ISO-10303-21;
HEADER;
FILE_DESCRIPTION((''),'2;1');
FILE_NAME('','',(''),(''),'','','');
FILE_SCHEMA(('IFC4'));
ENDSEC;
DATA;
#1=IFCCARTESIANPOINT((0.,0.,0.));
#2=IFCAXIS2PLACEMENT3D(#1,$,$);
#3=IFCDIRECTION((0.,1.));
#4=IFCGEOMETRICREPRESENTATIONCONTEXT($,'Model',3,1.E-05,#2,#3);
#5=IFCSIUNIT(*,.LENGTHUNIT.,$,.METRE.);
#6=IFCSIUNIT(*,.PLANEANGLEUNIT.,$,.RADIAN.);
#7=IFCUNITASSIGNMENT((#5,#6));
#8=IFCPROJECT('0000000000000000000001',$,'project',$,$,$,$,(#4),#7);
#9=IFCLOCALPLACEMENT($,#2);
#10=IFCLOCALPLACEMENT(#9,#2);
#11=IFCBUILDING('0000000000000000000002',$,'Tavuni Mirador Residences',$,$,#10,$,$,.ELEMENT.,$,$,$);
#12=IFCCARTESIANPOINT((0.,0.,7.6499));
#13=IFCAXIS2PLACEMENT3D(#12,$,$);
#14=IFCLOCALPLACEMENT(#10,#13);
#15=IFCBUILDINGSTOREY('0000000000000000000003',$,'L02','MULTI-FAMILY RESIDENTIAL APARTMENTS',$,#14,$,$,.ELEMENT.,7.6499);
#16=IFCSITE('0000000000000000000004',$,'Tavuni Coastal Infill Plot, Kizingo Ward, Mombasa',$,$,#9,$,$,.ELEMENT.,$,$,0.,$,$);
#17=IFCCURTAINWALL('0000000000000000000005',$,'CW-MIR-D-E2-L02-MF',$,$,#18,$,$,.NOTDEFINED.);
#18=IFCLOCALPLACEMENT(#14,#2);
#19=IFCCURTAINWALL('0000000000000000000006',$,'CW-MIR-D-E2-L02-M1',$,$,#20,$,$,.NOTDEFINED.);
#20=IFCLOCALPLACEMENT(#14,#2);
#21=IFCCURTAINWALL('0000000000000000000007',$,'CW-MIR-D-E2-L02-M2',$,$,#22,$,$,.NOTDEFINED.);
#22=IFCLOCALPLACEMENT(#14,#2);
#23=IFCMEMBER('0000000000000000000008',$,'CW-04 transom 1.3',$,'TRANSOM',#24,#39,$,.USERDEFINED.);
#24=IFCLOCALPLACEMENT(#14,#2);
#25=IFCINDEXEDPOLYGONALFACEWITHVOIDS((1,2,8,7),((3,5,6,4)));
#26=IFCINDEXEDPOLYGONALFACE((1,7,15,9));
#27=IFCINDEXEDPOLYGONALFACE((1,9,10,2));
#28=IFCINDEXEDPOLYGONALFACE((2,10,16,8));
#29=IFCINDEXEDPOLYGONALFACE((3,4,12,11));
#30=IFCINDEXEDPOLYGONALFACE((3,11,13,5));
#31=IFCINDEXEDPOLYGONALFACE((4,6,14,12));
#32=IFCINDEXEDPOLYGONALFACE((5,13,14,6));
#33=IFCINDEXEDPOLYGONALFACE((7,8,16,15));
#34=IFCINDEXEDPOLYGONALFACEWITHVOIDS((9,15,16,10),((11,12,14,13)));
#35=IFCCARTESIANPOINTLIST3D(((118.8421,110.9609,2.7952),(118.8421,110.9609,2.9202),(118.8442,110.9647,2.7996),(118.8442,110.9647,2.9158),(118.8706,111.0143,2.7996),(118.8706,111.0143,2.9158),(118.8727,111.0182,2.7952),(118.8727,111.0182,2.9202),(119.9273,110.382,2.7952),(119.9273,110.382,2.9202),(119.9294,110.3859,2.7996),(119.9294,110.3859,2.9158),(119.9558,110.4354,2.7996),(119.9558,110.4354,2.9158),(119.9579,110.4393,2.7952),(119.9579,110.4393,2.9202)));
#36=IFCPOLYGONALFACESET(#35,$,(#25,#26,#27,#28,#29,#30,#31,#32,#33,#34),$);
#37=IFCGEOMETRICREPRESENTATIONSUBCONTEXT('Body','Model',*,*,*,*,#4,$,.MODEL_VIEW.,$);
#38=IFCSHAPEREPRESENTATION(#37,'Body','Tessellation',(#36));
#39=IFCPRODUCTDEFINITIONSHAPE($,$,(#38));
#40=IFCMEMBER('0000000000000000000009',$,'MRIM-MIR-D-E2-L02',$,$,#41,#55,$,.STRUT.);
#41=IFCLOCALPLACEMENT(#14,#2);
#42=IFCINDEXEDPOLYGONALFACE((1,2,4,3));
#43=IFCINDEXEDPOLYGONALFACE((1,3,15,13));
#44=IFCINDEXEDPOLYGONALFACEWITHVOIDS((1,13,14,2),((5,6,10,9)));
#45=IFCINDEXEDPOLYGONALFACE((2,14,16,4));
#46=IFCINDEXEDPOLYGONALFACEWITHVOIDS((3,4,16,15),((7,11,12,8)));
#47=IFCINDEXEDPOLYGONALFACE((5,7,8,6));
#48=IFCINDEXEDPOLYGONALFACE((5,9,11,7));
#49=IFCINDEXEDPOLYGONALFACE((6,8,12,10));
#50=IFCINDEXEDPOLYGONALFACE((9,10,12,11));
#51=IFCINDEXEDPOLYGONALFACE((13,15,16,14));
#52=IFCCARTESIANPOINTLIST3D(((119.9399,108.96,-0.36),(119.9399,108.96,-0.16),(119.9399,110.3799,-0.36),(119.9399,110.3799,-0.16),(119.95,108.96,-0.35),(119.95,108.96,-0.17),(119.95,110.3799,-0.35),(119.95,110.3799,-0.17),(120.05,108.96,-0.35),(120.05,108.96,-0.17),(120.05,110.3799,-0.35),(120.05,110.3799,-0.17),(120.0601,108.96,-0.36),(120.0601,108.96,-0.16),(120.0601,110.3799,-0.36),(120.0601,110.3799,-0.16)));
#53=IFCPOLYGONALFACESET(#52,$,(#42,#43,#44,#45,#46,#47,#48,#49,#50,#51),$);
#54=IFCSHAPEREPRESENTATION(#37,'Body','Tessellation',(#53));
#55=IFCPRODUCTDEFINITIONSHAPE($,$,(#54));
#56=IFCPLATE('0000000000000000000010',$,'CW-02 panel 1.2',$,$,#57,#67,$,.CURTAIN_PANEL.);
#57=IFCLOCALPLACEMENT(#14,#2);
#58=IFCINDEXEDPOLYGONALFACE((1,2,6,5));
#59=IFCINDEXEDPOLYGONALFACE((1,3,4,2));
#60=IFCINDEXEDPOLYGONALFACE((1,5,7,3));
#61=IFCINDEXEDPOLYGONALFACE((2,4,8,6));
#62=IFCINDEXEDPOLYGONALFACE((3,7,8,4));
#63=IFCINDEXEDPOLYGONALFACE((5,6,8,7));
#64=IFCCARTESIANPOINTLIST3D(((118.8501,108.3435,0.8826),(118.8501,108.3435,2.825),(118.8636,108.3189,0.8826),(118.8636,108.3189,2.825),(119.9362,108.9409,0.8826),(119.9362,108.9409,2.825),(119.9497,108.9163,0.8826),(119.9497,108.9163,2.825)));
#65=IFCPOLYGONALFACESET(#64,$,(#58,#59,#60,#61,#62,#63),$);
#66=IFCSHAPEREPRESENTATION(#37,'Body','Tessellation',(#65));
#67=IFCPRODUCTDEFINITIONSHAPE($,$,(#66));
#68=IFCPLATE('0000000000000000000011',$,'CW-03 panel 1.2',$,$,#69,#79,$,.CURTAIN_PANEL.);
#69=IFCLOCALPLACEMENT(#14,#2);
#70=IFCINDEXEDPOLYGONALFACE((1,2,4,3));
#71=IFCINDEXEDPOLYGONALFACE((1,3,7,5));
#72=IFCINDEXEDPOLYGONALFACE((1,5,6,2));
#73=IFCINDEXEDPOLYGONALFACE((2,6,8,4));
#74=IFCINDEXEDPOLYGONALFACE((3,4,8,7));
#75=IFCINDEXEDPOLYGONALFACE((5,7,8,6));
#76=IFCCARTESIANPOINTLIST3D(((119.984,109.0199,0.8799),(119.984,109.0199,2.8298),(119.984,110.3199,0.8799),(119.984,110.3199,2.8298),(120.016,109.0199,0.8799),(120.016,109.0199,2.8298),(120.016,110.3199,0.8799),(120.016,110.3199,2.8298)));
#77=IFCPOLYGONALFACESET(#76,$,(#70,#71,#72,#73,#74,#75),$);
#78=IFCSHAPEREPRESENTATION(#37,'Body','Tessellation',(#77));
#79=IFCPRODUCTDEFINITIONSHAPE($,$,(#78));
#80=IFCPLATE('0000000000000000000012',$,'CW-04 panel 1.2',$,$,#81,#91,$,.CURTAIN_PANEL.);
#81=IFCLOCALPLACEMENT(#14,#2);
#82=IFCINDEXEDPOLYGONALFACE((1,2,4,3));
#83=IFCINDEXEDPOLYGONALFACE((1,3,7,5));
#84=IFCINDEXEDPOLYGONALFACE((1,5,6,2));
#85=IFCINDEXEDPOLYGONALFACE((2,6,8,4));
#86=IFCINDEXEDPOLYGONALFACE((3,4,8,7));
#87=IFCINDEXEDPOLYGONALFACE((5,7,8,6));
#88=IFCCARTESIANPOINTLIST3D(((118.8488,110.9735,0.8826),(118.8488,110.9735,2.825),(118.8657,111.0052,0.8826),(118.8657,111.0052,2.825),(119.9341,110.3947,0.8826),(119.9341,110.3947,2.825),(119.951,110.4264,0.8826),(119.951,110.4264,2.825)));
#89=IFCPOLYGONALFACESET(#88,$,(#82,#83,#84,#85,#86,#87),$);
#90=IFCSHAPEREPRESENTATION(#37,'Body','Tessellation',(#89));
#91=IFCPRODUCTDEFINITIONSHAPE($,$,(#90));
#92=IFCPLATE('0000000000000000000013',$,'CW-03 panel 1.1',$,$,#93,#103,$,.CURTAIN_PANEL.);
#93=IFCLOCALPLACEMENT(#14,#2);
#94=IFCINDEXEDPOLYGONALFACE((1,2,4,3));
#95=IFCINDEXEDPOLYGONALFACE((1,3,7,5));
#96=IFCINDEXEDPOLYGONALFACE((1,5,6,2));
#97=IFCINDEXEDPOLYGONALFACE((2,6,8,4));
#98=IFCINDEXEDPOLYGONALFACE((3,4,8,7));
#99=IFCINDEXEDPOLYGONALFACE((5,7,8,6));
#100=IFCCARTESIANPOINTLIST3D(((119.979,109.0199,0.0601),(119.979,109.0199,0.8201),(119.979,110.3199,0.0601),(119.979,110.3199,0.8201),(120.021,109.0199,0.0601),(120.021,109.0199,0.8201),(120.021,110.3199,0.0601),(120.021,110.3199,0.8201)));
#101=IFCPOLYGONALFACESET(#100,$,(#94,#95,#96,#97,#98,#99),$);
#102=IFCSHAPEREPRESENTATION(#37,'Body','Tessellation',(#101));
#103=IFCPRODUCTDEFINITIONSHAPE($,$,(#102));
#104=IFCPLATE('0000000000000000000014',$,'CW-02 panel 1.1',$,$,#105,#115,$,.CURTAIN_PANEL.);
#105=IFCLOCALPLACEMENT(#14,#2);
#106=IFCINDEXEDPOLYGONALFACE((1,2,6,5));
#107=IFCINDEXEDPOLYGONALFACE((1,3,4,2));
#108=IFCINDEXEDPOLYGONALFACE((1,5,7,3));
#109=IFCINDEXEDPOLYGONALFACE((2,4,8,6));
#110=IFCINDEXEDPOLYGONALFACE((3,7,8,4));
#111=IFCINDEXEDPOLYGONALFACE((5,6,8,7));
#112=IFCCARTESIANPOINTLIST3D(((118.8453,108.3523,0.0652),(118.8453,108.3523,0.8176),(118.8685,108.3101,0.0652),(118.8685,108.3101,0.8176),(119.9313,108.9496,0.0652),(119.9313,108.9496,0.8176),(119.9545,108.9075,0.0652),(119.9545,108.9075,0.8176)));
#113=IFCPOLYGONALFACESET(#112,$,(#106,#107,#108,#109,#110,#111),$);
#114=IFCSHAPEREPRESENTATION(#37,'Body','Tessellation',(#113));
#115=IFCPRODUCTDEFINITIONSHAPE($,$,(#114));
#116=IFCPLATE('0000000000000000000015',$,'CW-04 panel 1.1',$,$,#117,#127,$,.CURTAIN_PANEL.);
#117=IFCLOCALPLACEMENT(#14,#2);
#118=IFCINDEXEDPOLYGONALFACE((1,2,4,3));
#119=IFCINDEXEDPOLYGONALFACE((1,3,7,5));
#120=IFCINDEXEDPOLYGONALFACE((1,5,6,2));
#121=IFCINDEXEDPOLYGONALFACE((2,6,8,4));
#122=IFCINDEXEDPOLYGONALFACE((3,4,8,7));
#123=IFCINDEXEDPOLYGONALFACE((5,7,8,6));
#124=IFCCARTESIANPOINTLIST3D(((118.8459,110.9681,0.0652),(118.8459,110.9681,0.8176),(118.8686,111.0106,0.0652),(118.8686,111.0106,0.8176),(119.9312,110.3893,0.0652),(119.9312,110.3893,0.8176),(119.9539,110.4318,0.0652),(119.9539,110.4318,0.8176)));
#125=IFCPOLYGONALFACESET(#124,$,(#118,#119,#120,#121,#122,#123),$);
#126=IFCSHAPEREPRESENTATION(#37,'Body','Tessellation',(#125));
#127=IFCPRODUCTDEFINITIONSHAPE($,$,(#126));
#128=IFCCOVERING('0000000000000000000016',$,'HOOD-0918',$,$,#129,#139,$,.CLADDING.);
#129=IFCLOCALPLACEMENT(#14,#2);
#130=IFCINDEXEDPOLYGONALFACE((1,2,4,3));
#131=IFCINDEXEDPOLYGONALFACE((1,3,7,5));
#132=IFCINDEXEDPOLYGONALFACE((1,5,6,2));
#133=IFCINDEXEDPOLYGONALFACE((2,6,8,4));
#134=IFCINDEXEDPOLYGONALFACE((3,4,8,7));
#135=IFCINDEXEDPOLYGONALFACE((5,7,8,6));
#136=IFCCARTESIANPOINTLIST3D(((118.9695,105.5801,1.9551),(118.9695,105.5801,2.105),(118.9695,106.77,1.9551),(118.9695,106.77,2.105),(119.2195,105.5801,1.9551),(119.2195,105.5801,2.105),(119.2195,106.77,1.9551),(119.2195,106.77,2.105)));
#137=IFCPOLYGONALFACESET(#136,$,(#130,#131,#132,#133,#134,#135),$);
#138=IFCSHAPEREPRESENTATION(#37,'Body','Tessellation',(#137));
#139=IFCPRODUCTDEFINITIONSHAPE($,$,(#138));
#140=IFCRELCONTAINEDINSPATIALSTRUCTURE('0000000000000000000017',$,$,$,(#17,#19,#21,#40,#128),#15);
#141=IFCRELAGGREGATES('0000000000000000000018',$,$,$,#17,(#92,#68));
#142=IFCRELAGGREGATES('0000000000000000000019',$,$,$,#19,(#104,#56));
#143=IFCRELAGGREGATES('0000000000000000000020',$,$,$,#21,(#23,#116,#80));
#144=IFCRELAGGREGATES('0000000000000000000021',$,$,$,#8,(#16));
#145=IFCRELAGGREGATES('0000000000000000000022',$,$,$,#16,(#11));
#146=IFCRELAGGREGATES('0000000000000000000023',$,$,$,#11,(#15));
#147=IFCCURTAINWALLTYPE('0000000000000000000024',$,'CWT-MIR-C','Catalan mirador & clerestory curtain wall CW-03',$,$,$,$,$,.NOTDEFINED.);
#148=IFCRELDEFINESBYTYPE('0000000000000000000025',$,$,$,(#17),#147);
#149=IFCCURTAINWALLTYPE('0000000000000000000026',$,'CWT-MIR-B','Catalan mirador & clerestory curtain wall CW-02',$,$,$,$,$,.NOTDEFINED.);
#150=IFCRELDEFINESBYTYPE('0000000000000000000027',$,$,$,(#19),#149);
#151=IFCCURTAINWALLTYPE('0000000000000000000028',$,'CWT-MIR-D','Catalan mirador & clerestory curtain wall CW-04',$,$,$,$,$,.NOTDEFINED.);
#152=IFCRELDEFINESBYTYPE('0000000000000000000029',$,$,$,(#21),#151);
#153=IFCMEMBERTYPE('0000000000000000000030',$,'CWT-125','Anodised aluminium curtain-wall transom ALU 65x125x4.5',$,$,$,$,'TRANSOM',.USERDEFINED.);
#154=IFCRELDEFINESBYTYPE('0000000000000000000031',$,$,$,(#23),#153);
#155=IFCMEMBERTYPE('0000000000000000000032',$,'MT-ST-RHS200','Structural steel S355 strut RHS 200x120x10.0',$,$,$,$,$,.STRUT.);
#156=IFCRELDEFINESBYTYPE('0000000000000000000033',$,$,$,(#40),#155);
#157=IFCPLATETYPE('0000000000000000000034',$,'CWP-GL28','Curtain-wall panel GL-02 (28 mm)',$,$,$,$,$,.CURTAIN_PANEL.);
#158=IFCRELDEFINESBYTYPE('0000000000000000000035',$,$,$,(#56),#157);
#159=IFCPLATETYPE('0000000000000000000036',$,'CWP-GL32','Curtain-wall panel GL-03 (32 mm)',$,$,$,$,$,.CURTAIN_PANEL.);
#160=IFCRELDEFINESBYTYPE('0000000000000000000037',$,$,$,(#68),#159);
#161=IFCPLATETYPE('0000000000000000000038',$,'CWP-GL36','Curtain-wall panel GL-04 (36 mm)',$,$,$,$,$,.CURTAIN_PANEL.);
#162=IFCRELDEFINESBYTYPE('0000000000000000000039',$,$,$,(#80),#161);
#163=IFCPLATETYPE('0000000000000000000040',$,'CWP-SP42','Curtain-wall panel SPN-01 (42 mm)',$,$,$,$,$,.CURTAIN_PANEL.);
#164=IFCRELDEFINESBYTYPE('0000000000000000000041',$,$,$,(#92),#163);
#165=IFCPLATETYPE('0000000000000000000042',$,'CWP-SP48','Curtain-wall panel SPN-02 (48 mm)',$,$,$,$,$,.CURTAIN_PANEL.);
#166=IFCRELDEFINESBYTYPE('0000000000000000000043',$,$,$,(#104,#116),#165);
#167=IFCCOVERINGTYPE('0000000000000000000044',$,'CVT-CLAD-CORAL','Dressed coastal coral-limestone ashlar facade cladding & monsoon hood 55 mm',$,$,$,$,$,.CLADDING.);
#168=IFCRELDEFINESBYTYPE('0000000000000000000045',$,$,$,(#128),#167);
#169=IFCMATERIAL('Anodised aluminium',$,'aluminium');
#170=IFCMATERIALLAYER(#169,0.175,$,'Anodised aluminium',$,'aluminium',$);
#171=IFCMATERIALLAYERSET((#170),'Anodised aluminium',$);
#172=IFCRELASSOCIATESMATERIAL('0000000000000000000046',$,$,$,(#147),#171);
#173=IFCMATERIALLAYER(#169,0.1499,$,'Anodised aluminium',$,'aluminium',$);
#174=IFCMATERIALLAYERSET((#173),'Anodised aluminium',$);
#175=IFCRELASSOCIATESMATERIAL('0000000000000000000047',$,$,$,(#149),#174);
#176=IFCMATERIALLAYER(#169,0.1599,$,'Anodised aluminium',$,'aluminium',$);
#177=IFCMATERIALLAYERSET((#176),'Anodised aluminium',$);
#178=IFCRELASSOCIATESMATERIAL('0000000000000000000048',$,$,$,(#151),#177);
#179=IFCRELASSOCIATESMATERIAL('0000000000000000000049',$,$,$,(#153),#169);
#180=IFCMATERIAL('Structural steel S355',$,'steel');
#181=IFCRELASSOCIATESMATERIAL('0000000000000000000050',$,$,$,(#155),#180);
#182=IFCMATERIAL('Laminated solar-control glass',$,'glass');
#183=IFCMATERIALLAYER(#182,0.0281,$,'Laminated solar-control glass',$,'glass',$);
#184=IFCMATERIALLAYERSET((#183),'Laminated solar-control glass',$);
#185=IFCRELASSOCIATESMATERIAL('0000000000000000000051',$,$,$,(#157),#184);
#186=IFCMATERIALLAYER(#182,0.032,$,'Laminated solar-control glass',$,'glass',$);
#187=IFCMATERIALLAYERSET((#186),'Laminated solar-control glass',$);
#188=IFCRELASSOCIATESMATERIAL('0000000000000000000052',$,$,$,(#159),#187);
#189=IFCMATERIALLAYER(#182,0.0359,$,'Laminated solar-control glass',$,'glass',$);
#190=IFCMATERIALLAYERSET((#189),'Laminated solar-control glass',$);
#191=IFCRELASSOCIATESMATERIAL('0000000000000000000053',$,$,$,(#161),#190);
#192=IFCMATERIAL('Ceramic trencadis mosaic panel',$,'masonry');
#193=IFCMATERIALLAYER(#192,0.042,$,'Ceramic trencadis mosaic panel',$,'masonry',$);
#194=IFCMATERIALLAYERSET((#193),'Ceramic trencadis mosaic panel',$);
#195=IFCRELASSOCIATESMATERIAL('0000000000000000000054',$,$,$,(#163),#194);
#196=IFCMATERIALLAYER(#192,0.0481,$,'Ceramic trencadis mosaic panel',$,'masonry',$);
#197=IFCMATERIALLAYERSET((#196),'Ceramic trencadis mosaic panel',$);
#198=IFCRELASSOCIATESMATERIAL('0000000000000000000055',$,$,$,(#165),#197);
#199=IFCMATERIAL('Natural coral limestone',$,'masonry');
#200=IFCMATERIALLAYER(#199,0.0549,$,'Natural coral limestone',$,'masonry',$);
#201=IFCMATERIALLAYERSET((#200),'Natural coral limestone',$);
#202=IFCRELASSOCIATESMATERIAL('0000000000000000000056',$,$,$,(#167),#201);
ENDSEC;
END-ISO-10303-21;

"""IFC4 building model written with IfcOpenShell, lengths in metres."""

from ifc_helpers import new_model, si_unit, direction, frame, origin, origin_2d, place, context, subcontext, project, spatial, rectangle, hollow_rectangle, extrude, material, layer, layer_set, material_profile, profile_set, type_object, element, aggregate, save


model = new_model("IFC4")

# Units and contexts
model_context = context("Model", 3, precision=1e-05, world=origin(), true_north=direction((0.0, 1.0)))
body_context = subcontext(model_context, "Body", "Model", "MODEL_VIEW")
ifc_project = project(units=[si_unit("LENGTHUNIT", "METRE"), si_unit("PLANEANGLEUNIT", "RADIAN")], contexts=[model_context])

# Site, building, storey
site_placement = place(None, origin())
site = spatial("IfcSite", under=ifc_project, at=site_placement, Name="Tavuni Coastal Infill Plot, Kizingo Ward, Mombasa", CompositionType="ELEMENT", RefElevation=0.0)
building_placement = place(site_placement, origin())
building = spatial("IfcBuilding", under=site, at=building_placement, Name="Tavuni Mirador Residences", CompositionType="ELEMENT")
storey_placement = place(building_placement, frame((0.0, 0.0, 7.6499)))
storey = spatial("IfcBuildingStorey", under=building, at=storey_placement, Name="L02", Description="MULTI-FAMILY RESIDENTIAL APARTMENTS", CompositionType="ELEMENT", Elevation=7.6499)

# Curtain wall
ifc_material_1 = material(Name="Anodised aluminium", Category="aluminium")
ifc_layer_1 = layer(ifc_material_1, 0.175, Name="Anodised aluminium", Category="aluminium")
ifc_layer_set_1 = layer_set([ifc_layer_1], Name="Anodised aluminium")
curtain_wall_type_1 = type_object("IfcCurtainWallType", Name="CWT-MIR-C", Description="Catalan mirador & clerestory curtain wall CW-03", PredefinedType="NOTDEFINED", material=ifc_layer_set_1)
curtain_wall_1_placement = place(storey_placement, origin())
curtain_wall_1 = element("IfcCurtainWall", 1, at=curtain_wall_1_placement, inside=storey, type_object=curtain_wall_type_1, Name="CW-MIR-D-E2-L02-MF", PredefinedType="NOTDEFINED")

# Curtain walls
ifc_layer_2 = layer(ifc_material_1, 0.1499, Name="Anodised aluminium", Category="aluminium")
ifc_layer_set_2 = layer_set([ifc_layer_2], Name="Anodised aluminium")
curtain_wall_type_2 = type_object("IfcCurtainWallType", Name="CWT-MIR-B", Description="Catalan mirador & clerestory curtain wall CW-02", PredefinedType="NOTDEFINED", material=ifc_layer_set_2)
curtain_wall_2_placement = place(storey_placement, origin())
curtain_wall_2 = element("IfcCurtainWall", 2, at=curtain_wall_2_placement, inside=storey, type_object=curtain_wall_type_2, Name="CW-MIR-D-E2-L02-M1", PredefinedType="NOTDEFINED")
ifc_layer_3 = layer(ifc_material_1, 0.1599, Name="Anodised aluminium", Category="aluminium")
ifc_layer_set_3 = layer_set([ifc_layer_3], Name="Anodised aluminium")
curtain_wall_type_3 = type_object("IfcCurtainWallType", Name="CWT-MIR-D", Description="Catalan mirador & clerestory curtain wall CW-04", PredefinedType="NOTDEFINED", material=ifc_layer_set_3)
curtain_wall_3_placement = place(storey_placement, origin())
curtain_wall_3 = element("IfcCurtainWall", 3, at=curtain_wall_3_placement, inside=storey, type_object=curtain_wall_type_3, Name="CW-MIR-D-E2-L02-M2", PredefinedType="NOTDEFINED")

# Members
ifc_material_profile_1 = material_profile(ifc_material_1, hollow_rectangle(XDim=0.0649, YDim=0.125, WallThickness=0.0044, at=origin_2d()), Name="ALU 65x125x4.5", Category="aluminium")
ifc_profile_set_1 = profile_set([ifc_material_profile_1], Name="Anodised aluminium")
member_type_1 = type_object("IfcMemberType", Name="CWT-125", Description="Anodised aluminium curtain-wall transom ALU 65x125x4.5", ElementType="TRANSOM", PredefinedType="USERDEFINED", material=ifc_profile_set_1)
member_1_placement = place(storey_placement, frame((119.9426, 110.4106, 2.8577), z_axis=(-0.882325, 0.47064, 0.0), x_axis=(-0.47064, -0.882325, 0.0)))
member_1 = element("IfcMember", 4, at=member_1_placement, type_object=member_type_1, Name="CW-04 transom 1.3", ObjectType="TRANSOM", PredefinedType="USERDEFINED", context=body_context, shape_type="SweptSolid", body=[
    extrude(hollow_rectangle(XDim=0.0649, YDim=0.125, WallThickness=0.0044, at=origin_2d()), origin(), (0.0, 0.0, 1.0), 1.23),
])
ifc_material_2 = material(Name="Structural steel S355", Category="steel")
ifc_material_profile_2 = material_profile(ifc_material_2, hollow_rectangle(XDim=0.1201, YDim=0.2, WallThickness=0.01, at=origin_2d()), Name="RHS 200x120x10.0", Category="steel")
ifc_profile_set_2 = profile_set([ifc_material_profile_2], Name="Structural steel S355")
member_type_2 = type_object("IfcMemberType", Name="MT-ST-RHS200", Description="Structural steel S355 strut RHS 200x120x10.0", PredefinedType="STRUT", material=ifc_profile_set_2)
member_2_placement = place(storey_placement, frame((120.0, 108.96, -0.26), z_axis=(0.0, 1.0, 0.0), x_axis=(-1.0, 0.0, 0.0)))
element("IfcMember", 5, at=member_2_placement, inside=storey, type_object=member_type_2, Name="MRIM-MIR-D-E2-L02", PredefinedType="STRUT", context=body_context, shape_type="SweptSolid", body=[
    extrude(hollow_rectangle(XDim=0.1201, YDim=0.2, WallThickness=0.01, at=origin_2d()), origin(), (0.0, 0.0, 1.0), 1.4199),
])

# Plates
ifc_material_3 = material(Name="Laminated solar-control glass", Category="glass")
ifc_layer_4 = layer(ifc_material_3, 0.0281, Name="Laminated solar-control glass", Category="glass")
ifc_layer_set_4 = layer_set([ifc_layer_4], Name="Laminated solar-control glass")
plate_type_1 = type_object("IfcPlateType", Name="CWP-GL28", Description="Curtain-wall panel GL-02 (28 mm)", PredefinedType="CURTAIN_PANEL", material=ifc_layer_set_4)
plate_1_placement = place(storey_placement, frame((119.3999, 108.6299, 0.8826), z_axis=(0.0, 0.0, 1.0), x_axis=(0.876216, 0.481919, 0.0)))
plate_1 = element("IfcPlate", 6, at=plate_1_placement, type_object=plate_type_1, Name="CW-02 panel 1.2", PredefinedType="CURTAIN_PANEL", context=body_context, shape_type="SweptSolid", body=[
    extrude(rectangle(XDim=1.2395, YDim=0.0281, at=origin_2d()), origin(), (0.0, 0.0, 1.0), 1.9424),
])
ifc_layer_5 = layer(ifc_material_3, 0.032, Name="Laminated solar-control glass", Category="glass")
ifc_layer_set_5 = layer_set([ifc_layer_5], Name="Laminated solar-control glass")
plate_type_2 = type_object("IfcPlateType", Name="CWP-GL32", Description="Curtain-wall panel GL-03 (32 mm)", PredefinedType="CURTAIN_PANEL", material=ifc_layer_set_5)
plate_2_placement = place(storey_placement, frame((120.0, 109.6699, 0.8799), z_axis=(0.0, 0.0, 1.0), x_axis=(0.0, 1.0, 0.0)))
plate_2 = element("IfcPlate", 7, at=plate_2_placement, type_object=plate_type_2, Name="CW-03 panel 1.2", PredefinedType="CURTAIN_PANEL", context=body_context, shape_type="SweptSolid", body=[
    extrude(rectangle(XDim=1.3, YDim=0.032, at=origin_2d()), origin(), (0.0, 0.0, 1.0), 1.95),
])
ifc_layer_6 = layer(ifc_material_3, 0.0359, Name="Laminated solar-control glass", Category="glass")
ifc_layer_set_6 = layer_set([ifc_layer_6], Name="Laminated solar-control glass")
plate_type_3 = type_object("IfcPlateType", Name="CWP-GL36", Description="Curtain-wall panel GL-04 (36 mm)", PredefinedType="CURTAIN_PANEL", material=ifc_layer_set_6)
plate_3_placement = place(storey_placement, frame((119.3999, 110.7, 0.8826), z_axis=(0.0, 0.0, 1.0), x_axis=(-0.882353, 0.470588, 0.0)))
plate_3 = element("IfcPlate", 8, at=plate_3_placement, type_object=plate_type_3, Name="CW-04 panel 1.2", PredefinedType="CURTAIN_PANEL", context=body_context, shape_type="SweptSolid", body=[
    extrude(rectangle(XDim=1.23, YDim=0.0359, at=origin_2d()), origin(), (0.0, 0.0, 1.0), 1.9424),
])
ifc_material_4 = material(Name="Ceramic trencadis mosaic panel", Category="masonry")
ifc_layer_7 = layer(ifc_material_4, 0.042, Name="Ceramic trencadis mosaic panel", Category="masonry")
ifc_layer_set_7 = layer_set([ifc_layer_7], Name="Ceramic trencadis mosaic panel")
plate_type_4 = type_object("IfcPlateType", Name="CWP-SP42", Description="Curtain-wall panel SPN-01 (42 mm)", PredefinedType="CURTAIN_PANEL", material=ifc_layer_set_7)
plate_4_placement = place(storey_placement, frame((120.0, 109.6699, 0.0601), z_axis=(0.0, 0.0, 1.0), x_axis=(0.0, 1.0, 0.0)))
plate_4 = element("IfcPlate", 9, at=plate_4_placement, type_object=plate_type_4, Name="CW-03 panel 1.1", PredefinedType="CURTAIN_PANEL", context=body_context, shape_type="SweptSolid", body=[
    extrude(rectangle(XDim=1.3, YDim=0.042, at=origin_2d()), origin(), (0.0, 0.0, 1.0), 0.76),
])
aggregate(curtain_wall_1, [plate_4, plate_2])
ifc_layer_8 = layer(ifc_material_4, 0.0481, Name="Ceramic trencadis mosaic panel", Category="masonry")
ifc_layer_set_8 = layer_set([ifc_layer_8], Name="Ceramic trencadis mosaic panel")
plate_type_5 = type_object("IfcPlateType", Name="CWP-SP48", Description="Curtain-wall panel SPN-02 (48 mm)", PredefinedType="CURTAIN_PANEL", material=ifc_layer_set_8)
plate_5_placement = place(storey_placement, frame((119.3999, 108.6299, 0.0652), z_axis=(0.0, 0.0, 1.0), x_axis=(0.876216, 0.481919, 0.0)))
plate_5 = element("IfcPlate", 10, at=plate_5_placement, type_object=plate_type_5, Name="CW-02 panel 1.1", PredefinedType="CURTAIN_PANEL", context=body_context, shape_type="SweptSolid", body=[
    extrude(rectangle(XDim=1.2395, YDim=0.0481, at=origin_2d()), origin(), (0.0, 0.0, 1.0), 0.7524),
])
aggregate(curtain_wall_2, [plate_5, plate_1])
plate_6_placement = place(storey_placement, frame((119.3999, 110.7, 0.0652), z_axis=(0.0, 0.0, 1.0), x_axis=(-0.882353, 0.470588, 0.0)))
plate_6 = element("IfcPlate", 11, at=plate_6_placement, type_object=plate_type_5, Name="CW-04 panel 1.1", PredefinedType="CURTAIN_PANEL", context=body_context, shape_type="SweptSolid", body=[
    extrude(rectangle(XDim=1.23, YDim=0.0481, at=origin_2d()), origin(), (0.0, 0.0, 1.0), 0.7524),
])
aggregate(curtain_wall_3, [member_1, plate_6, plate_3])

# Covering
ifc_material_5 = material(Name="Natural coral limestone", Category="masonry")
ifc_layer_9 = layer(ifc_material_5, 0.0549, Name="Natural coral limestone", Category="masonry")
ifc_layer_set_9 = layer_set([ifc_layer_9], Name="Natural coral limestone")
covering_type = type_object("IfcCoveringType", Name="CVT-CLAD-CORAL", Description="Dressed coastal coral-limestone ashlar facade cladding & monsoon hood 55 mm", PredefinedType="CLADDING", material=ifc_layer_set_9)
covering_placement = place(storey_placement, frame((119.0945, 106.175, 1.9551), z_axis=(0.0, 0.0, 1.0), x_axis=(0.0, 1.0, 0.0)))
element("IfcCovering", 12, at=covering_placement, inside=storey, type_object=covering_type, Name="HOOD-0918", PredefinedType="CLADDING", context=body_context, shape_type="SweptSolid", body=[
    extrude(rectangle(XDim=1.1899, YDim=0.25, at=origin_2d()), origin(), (0.0, 0.0, 1.0), 0.1499),
])

save(model, "model.ifc")
